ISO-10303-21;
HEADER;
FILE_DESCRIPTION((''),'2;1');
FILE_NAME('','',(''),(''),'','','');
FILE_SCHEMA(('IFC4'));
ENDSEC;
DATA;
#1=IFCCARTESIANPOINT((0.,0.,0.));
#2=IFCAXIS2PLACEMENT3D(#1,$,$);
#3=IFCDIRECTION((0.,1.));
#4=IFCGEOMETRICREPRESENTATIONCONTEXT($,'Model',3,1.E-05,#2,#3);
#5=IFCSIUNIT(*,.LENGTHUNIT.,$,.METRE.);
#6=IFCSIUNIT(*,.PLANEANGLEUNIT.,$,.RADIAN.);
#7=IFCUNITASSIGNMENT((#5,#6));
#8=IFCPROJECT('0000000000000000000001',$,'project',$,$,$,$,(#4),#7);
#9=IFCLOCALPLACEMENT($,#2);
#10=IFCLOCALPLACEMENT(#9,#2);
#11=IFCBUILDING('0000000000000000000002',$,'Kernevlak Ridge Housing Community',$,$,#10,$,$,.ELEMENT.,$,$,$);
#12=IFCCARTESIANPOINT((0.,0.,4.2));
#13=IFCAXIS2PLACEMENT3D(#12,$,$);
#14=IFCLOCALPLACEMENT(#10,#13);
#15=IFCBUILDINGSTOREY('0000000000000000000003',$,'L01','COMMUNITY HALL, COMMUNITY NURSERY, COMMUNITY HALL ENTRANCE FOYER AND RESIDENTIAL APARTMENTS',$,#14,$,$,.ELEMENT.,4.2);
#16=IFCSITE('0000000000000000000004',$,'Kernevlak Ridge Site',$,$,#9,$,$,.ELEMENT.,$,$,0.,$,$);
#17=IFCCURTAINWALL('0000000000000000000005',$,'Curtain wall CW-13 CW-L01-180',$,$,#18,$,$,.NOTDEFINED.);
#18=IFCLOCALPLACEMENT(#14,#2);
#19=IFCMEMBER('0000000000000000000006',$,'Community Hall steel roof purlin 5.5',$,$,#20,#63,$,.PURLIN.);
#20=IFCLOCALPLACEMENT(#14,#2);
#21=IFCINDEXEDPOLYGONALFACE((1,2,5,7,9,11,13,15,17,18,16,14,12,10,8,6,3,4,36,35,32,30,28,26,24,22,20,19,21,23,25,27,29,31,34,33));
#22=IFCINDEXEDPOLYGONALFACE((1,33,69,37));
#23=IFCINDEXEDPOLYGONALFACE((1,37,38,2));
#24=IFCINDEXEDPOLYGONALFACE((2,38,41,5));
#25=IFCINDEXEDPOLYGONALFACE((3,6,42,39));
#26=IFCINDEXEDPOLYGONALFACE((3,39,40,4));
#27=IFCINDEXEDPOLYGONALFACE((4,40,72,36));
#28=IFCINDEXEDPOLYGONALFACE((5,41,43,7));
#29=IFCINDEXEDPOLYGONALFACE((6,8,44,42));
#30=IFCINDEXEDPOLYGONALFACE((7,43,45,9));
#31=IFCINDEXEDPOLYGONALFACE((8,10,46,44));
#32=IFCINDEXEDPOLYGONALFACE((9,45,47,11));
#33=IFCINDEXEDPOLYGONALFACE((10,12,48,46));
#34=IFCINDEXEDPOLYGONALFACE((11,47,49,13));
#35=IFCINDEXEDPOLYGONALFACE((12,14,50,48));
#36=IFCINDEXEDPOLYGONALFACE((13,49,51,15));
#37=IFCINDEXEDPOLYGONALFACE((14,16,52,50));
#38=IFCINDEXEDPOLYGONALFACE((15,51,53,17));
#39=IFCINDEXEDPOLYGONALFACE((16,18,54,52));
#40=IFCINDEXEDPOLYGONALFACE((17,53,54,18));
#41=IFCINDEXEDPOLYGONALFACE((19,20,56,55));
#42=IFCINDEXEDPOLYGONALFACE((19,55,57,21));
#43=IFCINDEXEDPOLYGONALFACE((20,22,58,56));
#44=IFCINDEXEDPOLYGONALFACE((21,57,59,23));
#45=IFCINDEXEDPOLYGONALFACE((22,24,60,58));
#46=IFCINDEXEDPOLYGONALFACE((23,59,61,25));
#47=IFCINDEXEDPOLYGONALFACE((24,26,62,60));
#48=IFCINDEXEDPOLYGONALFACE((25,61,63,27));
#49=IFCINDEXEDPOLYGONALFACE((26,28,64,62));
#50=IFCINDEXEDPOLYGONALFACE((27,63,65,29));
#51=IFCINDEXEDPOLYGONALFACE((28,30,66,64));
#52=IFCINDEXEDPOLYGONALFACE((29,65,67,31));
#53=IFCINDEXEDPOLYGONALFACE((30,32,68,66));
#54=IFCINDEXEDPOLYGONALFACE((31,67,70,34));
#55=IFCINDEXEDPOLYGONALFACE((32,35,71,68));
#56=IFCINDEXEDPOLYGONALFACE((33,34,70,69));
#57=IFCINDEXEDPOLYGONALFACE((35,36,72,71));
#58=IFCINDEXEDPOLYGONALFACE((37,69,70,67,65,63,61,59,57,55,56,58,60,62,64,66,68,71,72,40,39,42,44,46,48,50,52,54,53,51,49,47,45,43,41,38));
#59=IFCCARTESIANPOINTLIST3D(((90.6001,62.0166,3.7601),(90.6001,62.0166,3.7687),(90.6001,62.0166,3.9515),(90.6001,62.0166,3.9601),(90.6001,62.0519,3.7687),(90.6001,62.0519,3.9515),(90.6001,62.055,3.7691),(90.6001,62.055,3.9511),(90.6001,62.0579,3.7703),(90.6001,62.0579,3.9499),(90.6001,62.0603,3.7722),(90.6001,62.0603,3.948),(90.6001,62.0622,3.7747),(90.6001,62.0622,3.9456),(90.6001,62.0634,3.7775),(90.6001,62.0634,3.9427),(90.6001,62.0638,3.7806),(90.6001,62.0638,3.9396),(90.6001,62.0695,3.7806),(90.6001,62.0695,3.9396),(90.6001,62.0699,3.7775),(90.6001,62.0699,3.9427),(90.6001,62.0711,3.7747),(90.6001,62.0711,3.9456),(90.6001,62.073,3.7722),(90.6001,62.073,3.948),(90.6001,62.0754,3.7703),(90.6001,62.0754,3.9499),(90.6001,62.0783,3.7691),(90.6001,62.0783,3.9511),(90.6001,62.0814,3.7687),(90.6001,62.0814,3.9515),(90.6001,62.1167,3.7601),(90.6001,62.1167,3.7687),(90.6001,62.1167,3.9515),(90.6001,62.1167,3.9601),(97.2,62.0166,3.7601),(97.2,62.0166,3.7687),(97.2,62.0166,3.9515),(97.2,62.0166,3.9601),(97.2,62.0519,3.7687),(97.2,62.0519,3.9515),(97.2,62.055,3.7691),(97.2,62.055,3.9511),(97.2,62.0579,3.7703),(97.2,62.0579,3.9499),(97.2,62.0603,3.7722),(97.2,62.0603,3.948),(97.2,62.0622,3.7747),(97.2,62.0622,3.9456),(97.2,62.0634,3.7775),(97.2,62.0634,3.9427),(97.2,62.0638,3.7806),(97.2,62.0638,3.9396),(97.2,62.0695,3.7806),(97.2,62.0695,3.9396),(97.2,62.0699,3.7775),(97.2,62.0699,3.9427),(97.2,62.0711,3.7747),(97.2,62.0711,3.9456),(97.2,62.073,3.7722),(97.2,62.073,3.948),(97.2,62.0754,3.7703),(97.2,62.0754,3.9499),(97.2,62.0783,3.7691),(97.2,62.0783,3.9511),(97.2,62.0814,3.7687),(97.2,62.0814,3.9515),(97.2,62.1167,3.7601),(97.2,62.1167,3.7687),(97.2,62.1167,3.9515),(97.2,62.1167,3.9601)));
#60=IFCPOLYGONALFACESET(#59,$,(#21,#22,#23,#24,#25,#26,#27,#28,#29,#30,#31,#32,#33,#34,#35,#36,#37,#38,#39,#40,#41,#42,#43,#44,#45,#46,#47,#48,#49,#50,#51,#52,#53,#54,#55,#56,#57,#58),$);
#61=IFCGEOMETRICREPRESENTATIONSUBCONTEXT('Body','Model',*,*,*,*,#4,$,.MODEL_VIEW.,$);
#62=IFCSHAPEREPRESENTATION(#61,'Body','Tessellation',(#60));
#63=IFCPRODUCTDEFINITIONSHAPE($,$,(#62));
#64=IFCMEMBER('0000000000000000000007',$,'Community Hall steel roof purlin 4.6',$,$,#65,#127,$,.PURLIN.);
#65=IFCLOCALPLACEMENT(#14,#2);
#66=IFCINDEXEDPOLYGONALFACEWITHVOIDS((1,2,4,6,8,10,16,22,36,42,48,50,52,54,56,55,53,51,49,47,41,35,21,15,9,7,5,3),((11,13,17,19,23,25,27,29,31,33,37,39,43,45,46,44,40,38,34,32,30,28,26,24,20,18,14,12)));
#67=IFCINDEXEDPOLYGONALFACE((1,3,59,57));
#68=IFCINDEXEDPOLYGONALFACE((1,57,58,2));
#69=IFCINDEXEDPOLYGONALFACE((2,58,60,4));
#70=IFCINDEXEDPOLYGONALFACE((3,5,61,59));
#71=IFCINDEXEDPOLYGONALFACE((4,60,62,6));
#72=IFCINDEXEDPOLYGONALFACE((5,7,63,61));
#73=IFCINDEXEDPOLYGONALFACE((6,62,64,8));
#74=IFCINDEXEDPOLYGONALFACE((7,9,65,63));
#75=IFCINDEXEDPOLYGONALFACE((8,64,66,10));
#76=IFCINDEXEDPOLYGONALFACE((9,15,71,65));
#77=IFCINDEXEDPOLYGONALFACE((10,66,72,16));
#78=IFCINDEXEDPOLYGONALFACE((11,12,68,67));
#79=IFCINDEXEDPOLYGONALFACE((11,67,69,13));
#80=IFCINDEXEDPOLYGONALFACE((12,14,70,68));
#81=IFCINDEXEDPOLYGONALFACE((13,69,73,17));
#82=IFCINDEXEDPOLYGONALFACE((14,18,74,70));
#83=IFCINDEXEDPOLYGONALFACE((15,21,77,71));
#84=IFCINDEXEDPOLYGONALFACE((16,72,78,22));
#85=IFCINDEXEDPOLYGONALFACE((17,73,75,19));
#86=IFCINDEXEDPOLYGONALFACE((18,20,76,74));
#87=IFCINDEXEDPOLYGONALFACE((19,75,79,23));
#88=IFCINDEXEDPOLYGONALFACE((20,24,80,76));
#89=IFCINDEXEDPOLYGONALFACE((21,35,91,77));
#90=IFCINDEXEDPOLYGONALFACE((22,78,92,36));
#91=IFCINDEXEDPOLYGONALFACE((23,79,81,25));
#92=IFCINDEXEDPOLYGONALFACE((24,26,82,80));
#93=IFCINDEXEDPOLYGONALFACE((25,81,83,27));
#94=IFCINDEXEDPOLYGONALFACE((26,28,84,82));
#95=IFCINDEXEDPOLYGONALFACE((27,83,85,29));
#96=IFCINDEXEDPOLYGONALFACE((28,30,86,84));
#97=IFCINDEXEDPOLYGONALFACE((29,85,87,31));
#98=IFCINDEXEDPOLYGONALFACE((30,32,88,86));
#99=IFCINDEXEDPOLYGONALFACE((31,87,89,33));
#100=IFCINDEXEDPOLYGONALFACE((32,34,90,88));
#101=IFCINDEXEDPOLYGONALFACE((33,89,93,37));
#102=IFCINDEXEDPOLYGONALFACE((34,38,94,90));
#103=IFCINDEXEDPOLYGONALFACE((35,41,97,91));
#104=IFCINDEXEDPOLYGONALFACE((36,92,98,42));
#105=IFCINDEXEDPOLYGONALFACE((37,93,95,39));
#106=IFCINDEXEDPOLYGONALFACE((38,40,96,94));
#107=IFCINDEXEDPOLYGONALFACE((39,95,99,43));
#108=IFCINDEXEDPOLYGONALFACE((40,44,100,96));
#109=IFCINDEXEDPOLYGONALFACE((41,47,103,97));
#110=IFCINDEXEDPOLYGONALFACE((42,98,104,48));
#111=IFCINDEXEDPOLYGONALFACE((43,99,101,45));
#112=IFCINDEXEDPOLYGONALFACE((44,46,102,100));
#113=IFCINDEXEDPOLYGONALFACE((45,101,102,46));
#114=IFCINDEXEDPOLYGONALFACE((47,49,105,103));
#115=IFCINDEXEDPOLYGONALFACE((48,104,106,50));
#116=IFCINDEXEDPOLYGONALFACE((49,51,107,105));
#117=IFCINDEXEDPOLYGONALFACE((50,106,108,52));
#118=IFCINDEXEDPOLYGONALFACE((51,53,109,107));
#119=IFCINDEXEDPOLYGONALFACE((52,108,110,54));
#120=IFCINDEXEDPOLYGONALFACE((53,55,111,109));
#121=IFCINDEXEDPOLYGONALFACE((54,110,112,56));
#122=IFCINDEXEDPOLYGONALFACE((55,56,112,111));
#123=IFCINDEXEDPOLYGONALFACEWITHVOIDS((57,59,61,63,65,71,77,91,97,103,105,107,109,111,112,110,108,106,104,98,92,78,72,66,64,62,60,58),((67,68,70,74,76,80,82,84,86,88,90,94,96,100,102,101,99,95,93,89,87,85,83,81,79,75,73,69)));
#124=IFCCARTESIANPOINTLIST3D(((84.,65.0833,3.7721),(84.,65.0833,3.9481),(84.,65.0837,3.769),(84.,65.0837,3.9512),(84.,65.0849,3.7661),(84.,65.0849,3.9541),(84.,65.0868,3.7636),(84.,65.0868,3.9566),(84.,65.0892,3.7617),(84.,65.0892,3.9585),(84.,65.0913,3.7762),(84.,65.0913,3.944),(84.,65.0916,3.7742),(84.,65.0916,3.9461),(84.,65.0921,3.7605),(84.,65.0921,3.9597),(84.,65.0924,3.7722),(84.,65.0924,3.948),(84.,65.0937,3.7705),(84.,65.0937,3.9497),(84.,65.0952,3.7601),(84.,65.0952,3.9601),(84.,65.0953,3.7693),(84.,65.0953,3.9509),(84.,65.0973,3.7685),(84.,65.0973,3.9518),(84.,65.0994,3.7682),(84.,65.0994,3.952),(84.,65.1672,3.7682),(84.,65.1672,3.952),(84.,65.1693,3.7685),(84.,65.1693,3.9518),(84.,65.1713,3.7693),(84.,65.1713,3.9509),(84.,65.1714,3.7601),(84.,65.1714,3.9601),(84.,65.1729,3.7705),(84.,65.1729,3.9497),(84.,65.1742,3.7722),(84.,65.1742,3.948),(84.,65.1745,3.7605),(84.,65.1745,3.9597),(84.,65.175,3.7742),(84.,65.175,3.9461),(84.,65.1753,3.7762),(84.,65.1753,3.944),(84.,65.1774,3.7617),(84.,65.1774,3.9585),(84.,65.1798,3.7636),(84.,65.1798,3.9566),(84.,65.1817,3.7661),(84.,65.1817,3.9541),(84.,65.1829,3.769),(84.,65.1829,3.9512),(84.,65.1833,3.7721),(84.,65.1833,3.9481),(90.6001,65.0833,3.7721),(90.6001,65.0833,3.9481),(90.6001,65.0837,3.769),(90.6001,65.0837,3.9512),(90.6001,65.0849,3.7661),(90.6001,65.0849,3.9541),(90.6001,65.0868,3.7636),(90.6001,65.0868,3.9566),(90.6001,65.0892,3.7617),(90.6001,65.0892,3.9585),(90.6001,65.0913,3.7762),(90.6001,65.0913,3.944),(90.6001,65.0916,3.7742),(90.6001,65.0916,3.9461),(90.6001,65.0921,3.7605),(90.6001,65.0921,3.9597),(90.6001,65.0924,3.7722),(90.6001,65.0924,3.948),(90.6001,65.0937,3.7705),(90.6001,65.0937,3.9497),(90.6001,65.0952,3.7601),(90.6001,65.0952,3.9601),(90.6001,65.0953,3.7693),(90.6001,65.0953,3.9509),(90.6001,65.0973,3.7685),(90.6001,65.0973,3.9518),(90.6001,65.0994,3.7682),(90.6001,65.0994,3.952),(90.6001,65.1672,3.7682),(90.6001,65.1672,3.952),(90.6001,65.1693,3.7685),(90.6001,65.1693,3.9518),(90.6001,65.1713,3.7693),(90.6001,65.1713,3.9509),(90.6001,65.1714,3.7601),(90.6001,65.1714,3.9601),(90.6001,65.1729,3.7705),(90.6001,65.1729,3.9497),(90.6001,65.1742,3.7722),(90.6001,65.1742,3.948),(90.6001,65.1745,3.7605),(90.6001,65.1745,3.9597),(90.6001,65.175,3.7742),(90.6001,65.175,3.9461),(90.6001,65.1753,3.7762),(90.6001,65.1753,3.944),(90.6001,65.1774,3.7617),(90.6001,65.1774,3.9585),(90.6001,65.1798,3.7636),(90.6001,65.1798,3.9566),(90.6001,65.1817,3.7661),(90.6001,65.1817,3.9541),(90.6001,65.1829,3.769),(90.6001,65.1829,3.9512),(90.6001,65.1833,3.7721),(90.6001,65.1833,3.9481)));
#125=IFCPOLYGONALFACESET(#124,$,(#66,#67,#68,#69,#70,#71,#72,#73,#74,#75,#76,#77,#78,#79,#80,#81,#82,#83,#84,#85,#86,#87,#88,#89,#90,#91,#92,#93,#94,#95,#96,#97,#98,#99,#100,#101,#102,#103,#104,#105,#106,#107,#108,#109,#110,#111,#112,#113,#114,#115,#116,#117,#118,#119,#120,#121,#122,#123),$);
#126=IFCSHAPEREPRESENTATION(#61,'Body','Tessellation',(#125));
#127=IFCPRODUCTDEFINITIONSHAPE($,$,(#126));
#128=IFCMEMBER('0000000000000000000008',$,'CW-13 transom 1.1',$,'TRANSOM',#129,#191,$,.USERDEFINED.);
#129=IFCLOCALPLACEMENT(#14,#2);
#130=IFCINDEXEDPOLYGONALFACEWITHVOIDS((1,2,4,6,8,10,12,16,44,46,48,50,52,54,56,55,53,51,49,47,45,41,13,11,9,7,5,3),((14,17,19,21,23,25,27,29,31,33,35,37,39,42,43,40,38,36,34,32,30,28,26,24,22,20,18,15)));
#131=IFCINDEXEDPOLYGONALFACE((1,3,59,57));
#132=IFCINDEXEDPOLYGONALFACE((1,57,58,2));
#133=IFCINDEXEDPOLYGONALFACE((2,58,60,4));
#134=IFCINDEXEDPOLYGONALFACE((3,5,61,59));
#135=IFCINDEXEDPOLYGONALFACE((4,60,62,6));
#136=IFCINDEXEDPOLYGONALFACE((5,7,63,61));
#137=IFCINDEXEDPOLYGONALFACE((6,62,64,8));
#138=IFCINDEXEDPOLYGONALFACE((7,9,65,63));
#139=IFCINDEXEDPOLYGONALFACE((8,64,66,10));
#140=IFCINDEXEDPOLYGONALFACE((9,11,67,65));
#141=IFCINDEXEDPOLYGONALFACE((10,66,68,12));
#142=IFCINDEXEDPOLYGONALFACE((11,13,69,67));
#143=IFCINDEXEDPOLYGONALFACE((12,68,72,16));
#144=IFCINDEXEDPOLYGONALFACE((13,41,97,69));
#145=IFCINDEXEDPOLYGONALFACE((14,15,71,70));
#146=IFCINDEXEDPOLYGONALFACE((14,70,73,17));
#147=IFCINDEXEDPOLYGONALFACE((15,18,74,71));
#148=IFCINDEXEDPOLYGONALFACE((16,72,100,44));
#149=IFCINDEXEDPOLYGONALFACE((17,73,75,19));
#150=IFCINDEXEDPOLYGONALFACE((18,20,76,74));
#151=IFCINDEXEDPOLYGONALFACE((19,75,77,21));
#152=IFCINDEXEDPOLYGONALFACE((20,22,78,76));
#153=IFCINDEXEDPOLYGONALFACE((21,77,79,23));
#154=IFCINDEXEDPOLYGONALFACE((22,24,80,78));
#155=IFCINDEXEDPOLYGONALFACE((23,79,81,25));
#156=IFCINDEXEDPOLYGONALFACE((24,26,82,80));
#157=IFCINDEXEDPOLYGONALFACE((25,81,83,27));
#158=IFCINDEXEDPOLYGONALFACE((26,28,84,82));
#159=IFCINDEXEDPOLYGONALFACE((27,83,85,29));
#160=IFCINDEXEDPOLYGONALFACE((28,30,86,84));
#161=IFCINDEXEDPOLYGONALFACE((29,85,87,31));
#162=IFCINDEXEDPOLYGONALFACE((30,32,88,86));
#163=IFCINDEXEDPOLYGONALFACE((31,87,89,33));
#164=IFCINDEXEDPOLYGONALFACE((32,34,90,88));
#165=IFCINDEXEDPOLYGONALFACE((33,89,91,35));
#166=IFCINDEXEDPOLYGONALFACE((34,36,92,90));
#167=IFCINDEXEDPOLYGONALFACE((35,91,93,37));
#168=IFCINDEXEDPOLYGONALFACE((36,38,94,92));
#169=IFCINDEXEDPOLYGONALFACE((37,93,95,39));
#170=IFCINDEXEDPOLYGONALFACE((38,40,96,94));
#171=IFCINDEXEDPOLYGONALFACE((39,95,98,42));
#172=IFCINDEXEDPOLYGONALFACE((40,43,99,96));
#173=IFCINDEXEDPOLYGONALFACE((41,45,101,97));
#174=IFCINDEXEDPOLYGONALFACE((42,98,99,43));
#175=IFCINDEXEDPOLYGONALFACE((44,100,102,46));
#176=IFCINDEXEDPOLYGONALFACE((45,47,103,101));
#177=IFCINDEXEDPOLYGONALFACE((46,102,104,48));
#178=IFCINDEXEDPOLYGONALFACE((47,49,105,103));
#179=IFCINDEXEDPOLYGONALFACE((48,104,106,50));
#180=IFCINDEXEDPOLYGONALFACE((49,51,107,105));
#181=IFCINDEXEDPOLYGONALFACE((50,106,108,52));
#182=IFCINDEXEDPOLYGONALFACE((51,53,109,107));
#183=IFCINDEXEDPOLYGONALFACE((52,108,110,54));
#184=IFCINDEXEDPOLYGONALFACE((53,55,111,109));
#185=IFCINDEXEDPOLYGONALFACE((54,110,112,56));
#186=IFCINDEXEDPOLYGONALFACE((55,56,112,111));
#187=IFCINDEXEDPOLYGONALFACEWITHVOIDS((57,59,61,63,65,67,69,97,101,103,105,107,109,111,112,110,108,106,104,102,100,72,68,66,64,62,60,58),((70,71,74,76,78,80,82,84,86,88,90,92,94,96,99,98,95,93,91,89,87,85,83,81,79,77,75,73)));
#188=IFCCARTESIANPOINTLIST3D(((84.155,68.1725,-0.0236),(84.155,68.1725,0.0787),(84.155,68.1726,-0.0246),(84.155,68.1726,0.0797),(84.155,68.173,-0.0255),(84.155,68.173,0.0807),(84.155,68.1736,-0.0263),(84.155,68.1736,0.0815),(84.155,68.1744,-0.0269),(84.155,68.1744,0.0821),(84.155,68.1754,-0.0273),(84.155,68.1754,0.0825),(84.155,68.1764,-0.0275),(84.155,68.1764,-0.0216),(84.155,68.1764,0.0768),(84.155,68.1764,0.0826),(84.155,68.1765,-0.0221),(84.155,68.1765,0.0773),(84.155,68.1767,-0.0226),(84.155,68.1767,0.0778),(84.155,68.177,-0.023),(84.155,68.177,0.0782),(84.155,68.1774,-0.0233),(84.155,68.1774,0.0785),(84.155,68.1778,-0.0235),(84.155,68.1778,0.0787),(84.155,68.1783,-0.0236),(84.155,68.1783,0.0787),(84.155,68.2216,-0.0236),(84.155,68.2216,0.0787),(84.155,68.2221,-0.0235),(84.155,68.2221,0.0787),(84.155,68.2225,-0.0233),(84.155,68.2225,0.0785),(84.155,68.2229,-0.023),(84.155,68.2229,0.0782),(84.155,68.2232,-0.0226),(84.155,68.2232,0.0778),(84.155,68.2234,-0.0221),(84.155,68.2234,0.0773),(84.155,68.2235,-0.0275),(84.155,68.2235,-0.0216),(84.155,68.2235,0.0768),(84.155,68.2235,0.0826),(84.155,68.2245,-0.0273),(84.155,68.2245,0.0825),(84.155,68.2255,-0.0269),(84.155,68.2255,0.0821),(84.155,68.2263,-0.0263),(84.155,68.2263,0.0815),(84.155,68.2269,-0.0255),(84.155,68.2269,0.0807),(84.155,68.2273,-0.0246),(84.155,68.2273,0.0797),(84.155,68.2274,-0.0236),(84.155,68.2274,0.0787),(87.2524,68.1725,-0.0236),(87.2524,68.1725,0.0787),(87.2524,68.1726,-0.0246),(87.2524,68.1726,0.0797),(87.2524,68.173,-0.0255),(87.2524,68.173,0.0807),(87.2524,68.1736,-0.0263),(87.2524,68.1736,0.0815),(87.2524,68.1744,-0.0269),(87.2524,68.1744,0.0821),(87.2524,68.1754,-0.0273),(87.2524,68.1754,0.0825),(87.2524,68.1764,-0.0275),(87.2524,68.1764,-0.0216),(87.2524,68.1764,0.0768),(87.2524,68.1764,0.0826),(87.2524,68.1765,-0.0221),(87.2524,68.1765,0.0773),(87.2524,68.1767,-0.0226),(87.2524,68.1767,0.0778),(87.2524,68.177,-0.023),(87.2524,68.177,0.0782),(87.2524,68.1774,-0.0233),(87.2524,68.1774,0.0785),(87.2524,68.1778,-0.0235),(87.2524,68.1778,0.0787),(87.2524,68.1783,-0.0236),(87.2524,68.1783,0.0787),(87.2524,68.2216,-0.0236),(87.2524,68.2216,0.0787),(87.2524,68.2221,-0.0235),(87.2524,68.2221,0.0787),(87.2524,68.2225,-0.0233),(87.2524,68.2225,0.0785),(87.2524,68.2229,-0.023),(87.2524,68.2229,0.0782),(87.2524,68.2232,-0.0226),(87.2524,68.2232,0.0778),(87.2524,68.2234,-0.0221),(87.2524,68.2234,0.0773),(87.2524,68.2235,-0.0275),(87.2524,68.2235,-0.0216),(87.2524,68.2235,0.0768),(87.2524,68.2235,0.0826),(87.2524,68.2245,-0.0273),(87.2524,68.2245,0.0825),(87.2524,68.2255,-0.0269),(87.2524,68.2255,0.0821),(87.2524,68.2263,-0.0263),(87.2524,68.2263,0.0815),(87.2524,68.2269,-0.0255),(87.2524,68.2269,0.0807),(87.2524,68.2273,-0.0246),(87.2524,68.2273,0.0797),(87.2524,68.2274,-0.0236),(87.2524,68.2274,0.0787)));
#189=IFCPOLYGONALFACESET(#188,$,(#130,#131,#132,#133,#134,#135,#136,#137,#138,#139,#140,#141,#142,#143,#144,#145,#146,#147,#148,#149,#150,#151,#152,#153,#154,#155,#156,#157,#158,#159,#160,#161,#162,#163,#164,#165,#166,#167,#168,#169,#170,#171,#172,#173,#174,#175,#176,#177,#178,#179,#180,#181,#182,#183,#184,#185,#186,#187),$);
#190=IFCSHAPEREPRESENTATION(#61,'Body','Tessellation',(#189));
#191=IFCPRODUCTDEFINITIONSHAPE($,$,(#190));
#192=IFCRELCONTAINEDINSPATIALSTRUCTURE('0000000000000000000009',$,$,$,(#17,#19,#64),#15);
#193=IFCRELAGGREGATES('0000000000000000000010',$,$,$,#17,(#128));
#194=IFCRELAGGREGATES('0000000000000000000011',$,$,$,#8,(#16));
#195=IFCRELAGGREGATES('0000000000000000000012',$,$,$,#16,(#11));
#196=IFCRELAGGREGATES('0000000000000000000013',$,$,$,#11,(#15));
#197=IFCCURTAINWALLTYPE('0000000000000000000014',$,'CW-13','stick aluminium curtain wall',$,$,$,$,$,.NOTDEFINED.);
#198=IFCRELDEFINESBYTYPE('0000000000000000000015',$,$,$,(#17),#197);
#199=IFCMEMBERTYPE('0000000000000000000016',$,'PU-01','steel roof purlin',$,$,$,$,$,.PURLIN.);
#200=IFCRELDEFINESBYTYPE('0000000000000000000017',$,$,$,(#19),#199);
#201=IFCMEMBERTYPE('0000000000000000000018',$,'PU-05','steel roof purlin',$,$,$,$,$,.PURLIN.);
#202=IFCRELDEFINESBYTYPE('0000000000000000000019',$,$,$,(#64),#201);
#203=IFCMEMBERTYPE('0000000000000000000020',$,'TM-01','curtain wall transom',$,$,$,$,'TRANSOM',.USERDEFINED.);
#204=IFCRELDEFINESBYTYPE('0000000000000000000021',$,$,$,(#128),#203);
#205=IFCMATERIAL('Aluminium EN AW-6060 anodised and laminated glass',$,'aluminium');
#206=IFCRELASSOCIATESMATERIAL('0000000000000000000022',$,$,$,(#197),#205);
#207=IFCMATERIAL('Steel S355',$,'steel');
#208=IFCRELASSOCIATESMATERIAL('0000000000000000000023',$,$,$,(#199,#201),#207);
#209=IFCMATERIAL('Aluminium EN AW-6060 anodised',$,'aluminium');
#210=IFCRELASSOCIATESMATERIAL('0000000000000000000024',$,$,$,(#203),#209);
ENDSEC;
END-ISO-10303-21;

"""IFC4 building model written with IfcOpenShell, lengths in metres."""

from ifc_helpers import new_model, si_unit, direction, frame, origin, origin_2d, place, context, subcontext, project, spatial, hollow_rectangle, i_section, extrude, material, material_profile, profile_set, type_object, element, aggregate, save


model = new_model("IFC4")

# Units and contexts
model_context = context("Model", 3, precision=1e-05, world=origin(), true_north=direction((0.0, 1.0)))
body_context = subcontext(model_context, "Body", "Model", "MODEL_VIEW")
ifc_project = project(units=[si_unit("LENGTHUNIT", "METRE"), si_unit("PLANEANGLEUNIT", "RADIAN")], contexts=[model_context])

# Site, building, storey
site_placement = place(None, origin())
site = spatial("IfcSite", under=ifc_project, at=site_placement, Name="Kernevlak Ridge Site", CompositionType="ELEMENT", RefElevation=0.0)
building_placement = place(site_placement, origin())
building = spatial("IfcBuilding", under=site, at=building_placement, Name="Kernevlak Ridge Housing Community", CompositionType="ELEMENT")
storey_placement = place(building_placement, frame((0.0, 0.0, 4.2)))
storey = spatial("IfcBuildingStorey", under=building, at=storey_placement, Name="L01", Description="COMMUNITY HALL, COMMUNITY NURSERY, COMMUNITY HALL ENTRANCE FOYER AND RESIDENTIAL APARTMENTS", CompositionType="ELEMENT", Elevation=4.2)

# Shared definitions
ifc_material_1 = material(Name="Steel S355", Category="steel")

# Curtain wall
ifc_material_2 = material(Name="Aluminium EN AW-6060 anodised and laminated glass", Category="aluminium")
curtain_wall_type_1 = type_object("IfcCurtainWallType", Name="CW-13", Description="stick aluminium curtain wall", PredefinedType="NOTDEFINED", material=ifc_material_2)
curtain_wall_1_placement = place(storey_placement, origin())
curtain_wall_1 = element("IfcCurtainWall", 1, at=curtain_wall_1_placement, inside=storey, type_object=curtain_wall_type_1, Name="Curtain wall CW-13 CW-L01-180", PredefinedType="NOTDEFINED")
ifc_material_3 = material(Name="Aluminium EN AW-6060 anodised", Category="aluminium")

# Members
ifc_material_profile_1 = material_profile(ifc_material_1, i_section(OverallWidth=0.1001, OverallDepth=0.2, WebThickness=0.0056, FlangeThickness=0.0085, FilletRadius=0.012, at=origin_2d()), Name="IPE 200")
ifc_profile_set_1 = profile_set([ifc_material_profile_1], Name="Steel S355")
member_type_1 = type_object("IfcMemberType", Name="PU-01", Description="steel roof purlin", PredefinedType="PURLIN", material=ifc_profile_set_1)
member_1_placement = place(storey_placement, frame((90.6001, 62.0667, 3.8601), z_axis=(1.0, 0.0, 0.0), x_axis=(0.0, 1.0, 0.0)))
element("IfcMember", 2, at=member_1_placement, inside=storey, type_object=member_type_1, Name="Community Hall steel roof purlin 5.5", PredefinedType="PURLIN", context=body_context, shape_type="SweptSolid", body=[
    extrude(i_section(OverallWidth=0.1001, OverallDepth=0.2, WebThickness=0.0056, FlangeThickness=0.0085, FilletRadius=0.012, at=origin_2d()), origin(), (0.0, 0.0, 1.0), 6.5999),
])
ifc_material_profile_2 = material_profile(ifc_material_1, hollow_rectangle(XDim=0.1001, YDim=0.2, WallThickness=0.0081, InnerFilletRadius=0.0081, OuterFilletRadius=0.012, at=origin_2d()), Name="RHS 200x100x8")
ifc_profile_set_2 = profile_set([ifc_material_profile_2], Name="Steel S355")
member_type_2 = type_object("IfcMemberType", Name="PU-05", Description="steel roof purlin", PredefinedType="PURLIN", material=ifc_profile_set_2)
member_2_placement = place(storey_placement, frame((84.0, 65.1333, 3.8601), z_axis=(1.0, 0.0, 0.0), x_axis=(0.0, 1.0, 0.0)))
element("IfcMember", 3, at=member_2_placement, inside=storey, type_object=member_type_2, Name="Community Hall steel roof purlin 4.6", PredefinedType="PURLIN", context=body_context, shape_type="SweptSolid", body=[
    extrude(hollow_rectangle(XDim=0.1001, YDim=0.2, WallThickness=0.0081, InnerFilletRadius=0.0081, OuterFilletRadius=0.012, at=origin_2d()), origin(), (0.0, 0.0, 1.0), 6.6001),
])

# Member
ifc_material_profile_3 = material_profile(ifc_material_3, hollow_rectangle(XDim=0.0549, YDim=0.1101, WallThickness=0.0039, InnerFilletRadius=0.002, OuterFilletRadius=0.0039, at=origin_2d()), Name="ALU 55x110x4")
ifc_profile_set_3 = profile_set([ifc_material_profile_3], Name="Aluminium EN AW-6060 anodised")
member_type_3 = type_object("IfcMemberType", Name="TM-01", Description="curtain wall transom", ElementType="TRANSOM", PredefinedType="USERDEFINED", material=ifc_profile_set_3)
member_3_placement = place(storey_placement, frame((84.155, 68.2, 0.0276), z_axis=(1.0, 0.0, 0.0), x_axis=(0.0, 1.0, 0.0)))
member_3 = element("IfcMember", 4, at=member_3_placement, type_object=member_type_3, Name="CW-13 transom 1.1", ObjectType="TRANSOM", PredefinedType="USERDEFINED", context=body_context, shape_type="SweptSolid", body=[
    extrude(hollow_rectangle(XDim=0.0549, YDim=0.1101, WallThickness=0.0039, InnerFilletRadius=0.002, OuterFilletRadius=0.0039, at=origin_2d()), origin(), (0.0, 0.0, 1.0), 3.0974),
])

aggregate(curtain_wall_1, [member_3])

save(model, "model.ifc")
